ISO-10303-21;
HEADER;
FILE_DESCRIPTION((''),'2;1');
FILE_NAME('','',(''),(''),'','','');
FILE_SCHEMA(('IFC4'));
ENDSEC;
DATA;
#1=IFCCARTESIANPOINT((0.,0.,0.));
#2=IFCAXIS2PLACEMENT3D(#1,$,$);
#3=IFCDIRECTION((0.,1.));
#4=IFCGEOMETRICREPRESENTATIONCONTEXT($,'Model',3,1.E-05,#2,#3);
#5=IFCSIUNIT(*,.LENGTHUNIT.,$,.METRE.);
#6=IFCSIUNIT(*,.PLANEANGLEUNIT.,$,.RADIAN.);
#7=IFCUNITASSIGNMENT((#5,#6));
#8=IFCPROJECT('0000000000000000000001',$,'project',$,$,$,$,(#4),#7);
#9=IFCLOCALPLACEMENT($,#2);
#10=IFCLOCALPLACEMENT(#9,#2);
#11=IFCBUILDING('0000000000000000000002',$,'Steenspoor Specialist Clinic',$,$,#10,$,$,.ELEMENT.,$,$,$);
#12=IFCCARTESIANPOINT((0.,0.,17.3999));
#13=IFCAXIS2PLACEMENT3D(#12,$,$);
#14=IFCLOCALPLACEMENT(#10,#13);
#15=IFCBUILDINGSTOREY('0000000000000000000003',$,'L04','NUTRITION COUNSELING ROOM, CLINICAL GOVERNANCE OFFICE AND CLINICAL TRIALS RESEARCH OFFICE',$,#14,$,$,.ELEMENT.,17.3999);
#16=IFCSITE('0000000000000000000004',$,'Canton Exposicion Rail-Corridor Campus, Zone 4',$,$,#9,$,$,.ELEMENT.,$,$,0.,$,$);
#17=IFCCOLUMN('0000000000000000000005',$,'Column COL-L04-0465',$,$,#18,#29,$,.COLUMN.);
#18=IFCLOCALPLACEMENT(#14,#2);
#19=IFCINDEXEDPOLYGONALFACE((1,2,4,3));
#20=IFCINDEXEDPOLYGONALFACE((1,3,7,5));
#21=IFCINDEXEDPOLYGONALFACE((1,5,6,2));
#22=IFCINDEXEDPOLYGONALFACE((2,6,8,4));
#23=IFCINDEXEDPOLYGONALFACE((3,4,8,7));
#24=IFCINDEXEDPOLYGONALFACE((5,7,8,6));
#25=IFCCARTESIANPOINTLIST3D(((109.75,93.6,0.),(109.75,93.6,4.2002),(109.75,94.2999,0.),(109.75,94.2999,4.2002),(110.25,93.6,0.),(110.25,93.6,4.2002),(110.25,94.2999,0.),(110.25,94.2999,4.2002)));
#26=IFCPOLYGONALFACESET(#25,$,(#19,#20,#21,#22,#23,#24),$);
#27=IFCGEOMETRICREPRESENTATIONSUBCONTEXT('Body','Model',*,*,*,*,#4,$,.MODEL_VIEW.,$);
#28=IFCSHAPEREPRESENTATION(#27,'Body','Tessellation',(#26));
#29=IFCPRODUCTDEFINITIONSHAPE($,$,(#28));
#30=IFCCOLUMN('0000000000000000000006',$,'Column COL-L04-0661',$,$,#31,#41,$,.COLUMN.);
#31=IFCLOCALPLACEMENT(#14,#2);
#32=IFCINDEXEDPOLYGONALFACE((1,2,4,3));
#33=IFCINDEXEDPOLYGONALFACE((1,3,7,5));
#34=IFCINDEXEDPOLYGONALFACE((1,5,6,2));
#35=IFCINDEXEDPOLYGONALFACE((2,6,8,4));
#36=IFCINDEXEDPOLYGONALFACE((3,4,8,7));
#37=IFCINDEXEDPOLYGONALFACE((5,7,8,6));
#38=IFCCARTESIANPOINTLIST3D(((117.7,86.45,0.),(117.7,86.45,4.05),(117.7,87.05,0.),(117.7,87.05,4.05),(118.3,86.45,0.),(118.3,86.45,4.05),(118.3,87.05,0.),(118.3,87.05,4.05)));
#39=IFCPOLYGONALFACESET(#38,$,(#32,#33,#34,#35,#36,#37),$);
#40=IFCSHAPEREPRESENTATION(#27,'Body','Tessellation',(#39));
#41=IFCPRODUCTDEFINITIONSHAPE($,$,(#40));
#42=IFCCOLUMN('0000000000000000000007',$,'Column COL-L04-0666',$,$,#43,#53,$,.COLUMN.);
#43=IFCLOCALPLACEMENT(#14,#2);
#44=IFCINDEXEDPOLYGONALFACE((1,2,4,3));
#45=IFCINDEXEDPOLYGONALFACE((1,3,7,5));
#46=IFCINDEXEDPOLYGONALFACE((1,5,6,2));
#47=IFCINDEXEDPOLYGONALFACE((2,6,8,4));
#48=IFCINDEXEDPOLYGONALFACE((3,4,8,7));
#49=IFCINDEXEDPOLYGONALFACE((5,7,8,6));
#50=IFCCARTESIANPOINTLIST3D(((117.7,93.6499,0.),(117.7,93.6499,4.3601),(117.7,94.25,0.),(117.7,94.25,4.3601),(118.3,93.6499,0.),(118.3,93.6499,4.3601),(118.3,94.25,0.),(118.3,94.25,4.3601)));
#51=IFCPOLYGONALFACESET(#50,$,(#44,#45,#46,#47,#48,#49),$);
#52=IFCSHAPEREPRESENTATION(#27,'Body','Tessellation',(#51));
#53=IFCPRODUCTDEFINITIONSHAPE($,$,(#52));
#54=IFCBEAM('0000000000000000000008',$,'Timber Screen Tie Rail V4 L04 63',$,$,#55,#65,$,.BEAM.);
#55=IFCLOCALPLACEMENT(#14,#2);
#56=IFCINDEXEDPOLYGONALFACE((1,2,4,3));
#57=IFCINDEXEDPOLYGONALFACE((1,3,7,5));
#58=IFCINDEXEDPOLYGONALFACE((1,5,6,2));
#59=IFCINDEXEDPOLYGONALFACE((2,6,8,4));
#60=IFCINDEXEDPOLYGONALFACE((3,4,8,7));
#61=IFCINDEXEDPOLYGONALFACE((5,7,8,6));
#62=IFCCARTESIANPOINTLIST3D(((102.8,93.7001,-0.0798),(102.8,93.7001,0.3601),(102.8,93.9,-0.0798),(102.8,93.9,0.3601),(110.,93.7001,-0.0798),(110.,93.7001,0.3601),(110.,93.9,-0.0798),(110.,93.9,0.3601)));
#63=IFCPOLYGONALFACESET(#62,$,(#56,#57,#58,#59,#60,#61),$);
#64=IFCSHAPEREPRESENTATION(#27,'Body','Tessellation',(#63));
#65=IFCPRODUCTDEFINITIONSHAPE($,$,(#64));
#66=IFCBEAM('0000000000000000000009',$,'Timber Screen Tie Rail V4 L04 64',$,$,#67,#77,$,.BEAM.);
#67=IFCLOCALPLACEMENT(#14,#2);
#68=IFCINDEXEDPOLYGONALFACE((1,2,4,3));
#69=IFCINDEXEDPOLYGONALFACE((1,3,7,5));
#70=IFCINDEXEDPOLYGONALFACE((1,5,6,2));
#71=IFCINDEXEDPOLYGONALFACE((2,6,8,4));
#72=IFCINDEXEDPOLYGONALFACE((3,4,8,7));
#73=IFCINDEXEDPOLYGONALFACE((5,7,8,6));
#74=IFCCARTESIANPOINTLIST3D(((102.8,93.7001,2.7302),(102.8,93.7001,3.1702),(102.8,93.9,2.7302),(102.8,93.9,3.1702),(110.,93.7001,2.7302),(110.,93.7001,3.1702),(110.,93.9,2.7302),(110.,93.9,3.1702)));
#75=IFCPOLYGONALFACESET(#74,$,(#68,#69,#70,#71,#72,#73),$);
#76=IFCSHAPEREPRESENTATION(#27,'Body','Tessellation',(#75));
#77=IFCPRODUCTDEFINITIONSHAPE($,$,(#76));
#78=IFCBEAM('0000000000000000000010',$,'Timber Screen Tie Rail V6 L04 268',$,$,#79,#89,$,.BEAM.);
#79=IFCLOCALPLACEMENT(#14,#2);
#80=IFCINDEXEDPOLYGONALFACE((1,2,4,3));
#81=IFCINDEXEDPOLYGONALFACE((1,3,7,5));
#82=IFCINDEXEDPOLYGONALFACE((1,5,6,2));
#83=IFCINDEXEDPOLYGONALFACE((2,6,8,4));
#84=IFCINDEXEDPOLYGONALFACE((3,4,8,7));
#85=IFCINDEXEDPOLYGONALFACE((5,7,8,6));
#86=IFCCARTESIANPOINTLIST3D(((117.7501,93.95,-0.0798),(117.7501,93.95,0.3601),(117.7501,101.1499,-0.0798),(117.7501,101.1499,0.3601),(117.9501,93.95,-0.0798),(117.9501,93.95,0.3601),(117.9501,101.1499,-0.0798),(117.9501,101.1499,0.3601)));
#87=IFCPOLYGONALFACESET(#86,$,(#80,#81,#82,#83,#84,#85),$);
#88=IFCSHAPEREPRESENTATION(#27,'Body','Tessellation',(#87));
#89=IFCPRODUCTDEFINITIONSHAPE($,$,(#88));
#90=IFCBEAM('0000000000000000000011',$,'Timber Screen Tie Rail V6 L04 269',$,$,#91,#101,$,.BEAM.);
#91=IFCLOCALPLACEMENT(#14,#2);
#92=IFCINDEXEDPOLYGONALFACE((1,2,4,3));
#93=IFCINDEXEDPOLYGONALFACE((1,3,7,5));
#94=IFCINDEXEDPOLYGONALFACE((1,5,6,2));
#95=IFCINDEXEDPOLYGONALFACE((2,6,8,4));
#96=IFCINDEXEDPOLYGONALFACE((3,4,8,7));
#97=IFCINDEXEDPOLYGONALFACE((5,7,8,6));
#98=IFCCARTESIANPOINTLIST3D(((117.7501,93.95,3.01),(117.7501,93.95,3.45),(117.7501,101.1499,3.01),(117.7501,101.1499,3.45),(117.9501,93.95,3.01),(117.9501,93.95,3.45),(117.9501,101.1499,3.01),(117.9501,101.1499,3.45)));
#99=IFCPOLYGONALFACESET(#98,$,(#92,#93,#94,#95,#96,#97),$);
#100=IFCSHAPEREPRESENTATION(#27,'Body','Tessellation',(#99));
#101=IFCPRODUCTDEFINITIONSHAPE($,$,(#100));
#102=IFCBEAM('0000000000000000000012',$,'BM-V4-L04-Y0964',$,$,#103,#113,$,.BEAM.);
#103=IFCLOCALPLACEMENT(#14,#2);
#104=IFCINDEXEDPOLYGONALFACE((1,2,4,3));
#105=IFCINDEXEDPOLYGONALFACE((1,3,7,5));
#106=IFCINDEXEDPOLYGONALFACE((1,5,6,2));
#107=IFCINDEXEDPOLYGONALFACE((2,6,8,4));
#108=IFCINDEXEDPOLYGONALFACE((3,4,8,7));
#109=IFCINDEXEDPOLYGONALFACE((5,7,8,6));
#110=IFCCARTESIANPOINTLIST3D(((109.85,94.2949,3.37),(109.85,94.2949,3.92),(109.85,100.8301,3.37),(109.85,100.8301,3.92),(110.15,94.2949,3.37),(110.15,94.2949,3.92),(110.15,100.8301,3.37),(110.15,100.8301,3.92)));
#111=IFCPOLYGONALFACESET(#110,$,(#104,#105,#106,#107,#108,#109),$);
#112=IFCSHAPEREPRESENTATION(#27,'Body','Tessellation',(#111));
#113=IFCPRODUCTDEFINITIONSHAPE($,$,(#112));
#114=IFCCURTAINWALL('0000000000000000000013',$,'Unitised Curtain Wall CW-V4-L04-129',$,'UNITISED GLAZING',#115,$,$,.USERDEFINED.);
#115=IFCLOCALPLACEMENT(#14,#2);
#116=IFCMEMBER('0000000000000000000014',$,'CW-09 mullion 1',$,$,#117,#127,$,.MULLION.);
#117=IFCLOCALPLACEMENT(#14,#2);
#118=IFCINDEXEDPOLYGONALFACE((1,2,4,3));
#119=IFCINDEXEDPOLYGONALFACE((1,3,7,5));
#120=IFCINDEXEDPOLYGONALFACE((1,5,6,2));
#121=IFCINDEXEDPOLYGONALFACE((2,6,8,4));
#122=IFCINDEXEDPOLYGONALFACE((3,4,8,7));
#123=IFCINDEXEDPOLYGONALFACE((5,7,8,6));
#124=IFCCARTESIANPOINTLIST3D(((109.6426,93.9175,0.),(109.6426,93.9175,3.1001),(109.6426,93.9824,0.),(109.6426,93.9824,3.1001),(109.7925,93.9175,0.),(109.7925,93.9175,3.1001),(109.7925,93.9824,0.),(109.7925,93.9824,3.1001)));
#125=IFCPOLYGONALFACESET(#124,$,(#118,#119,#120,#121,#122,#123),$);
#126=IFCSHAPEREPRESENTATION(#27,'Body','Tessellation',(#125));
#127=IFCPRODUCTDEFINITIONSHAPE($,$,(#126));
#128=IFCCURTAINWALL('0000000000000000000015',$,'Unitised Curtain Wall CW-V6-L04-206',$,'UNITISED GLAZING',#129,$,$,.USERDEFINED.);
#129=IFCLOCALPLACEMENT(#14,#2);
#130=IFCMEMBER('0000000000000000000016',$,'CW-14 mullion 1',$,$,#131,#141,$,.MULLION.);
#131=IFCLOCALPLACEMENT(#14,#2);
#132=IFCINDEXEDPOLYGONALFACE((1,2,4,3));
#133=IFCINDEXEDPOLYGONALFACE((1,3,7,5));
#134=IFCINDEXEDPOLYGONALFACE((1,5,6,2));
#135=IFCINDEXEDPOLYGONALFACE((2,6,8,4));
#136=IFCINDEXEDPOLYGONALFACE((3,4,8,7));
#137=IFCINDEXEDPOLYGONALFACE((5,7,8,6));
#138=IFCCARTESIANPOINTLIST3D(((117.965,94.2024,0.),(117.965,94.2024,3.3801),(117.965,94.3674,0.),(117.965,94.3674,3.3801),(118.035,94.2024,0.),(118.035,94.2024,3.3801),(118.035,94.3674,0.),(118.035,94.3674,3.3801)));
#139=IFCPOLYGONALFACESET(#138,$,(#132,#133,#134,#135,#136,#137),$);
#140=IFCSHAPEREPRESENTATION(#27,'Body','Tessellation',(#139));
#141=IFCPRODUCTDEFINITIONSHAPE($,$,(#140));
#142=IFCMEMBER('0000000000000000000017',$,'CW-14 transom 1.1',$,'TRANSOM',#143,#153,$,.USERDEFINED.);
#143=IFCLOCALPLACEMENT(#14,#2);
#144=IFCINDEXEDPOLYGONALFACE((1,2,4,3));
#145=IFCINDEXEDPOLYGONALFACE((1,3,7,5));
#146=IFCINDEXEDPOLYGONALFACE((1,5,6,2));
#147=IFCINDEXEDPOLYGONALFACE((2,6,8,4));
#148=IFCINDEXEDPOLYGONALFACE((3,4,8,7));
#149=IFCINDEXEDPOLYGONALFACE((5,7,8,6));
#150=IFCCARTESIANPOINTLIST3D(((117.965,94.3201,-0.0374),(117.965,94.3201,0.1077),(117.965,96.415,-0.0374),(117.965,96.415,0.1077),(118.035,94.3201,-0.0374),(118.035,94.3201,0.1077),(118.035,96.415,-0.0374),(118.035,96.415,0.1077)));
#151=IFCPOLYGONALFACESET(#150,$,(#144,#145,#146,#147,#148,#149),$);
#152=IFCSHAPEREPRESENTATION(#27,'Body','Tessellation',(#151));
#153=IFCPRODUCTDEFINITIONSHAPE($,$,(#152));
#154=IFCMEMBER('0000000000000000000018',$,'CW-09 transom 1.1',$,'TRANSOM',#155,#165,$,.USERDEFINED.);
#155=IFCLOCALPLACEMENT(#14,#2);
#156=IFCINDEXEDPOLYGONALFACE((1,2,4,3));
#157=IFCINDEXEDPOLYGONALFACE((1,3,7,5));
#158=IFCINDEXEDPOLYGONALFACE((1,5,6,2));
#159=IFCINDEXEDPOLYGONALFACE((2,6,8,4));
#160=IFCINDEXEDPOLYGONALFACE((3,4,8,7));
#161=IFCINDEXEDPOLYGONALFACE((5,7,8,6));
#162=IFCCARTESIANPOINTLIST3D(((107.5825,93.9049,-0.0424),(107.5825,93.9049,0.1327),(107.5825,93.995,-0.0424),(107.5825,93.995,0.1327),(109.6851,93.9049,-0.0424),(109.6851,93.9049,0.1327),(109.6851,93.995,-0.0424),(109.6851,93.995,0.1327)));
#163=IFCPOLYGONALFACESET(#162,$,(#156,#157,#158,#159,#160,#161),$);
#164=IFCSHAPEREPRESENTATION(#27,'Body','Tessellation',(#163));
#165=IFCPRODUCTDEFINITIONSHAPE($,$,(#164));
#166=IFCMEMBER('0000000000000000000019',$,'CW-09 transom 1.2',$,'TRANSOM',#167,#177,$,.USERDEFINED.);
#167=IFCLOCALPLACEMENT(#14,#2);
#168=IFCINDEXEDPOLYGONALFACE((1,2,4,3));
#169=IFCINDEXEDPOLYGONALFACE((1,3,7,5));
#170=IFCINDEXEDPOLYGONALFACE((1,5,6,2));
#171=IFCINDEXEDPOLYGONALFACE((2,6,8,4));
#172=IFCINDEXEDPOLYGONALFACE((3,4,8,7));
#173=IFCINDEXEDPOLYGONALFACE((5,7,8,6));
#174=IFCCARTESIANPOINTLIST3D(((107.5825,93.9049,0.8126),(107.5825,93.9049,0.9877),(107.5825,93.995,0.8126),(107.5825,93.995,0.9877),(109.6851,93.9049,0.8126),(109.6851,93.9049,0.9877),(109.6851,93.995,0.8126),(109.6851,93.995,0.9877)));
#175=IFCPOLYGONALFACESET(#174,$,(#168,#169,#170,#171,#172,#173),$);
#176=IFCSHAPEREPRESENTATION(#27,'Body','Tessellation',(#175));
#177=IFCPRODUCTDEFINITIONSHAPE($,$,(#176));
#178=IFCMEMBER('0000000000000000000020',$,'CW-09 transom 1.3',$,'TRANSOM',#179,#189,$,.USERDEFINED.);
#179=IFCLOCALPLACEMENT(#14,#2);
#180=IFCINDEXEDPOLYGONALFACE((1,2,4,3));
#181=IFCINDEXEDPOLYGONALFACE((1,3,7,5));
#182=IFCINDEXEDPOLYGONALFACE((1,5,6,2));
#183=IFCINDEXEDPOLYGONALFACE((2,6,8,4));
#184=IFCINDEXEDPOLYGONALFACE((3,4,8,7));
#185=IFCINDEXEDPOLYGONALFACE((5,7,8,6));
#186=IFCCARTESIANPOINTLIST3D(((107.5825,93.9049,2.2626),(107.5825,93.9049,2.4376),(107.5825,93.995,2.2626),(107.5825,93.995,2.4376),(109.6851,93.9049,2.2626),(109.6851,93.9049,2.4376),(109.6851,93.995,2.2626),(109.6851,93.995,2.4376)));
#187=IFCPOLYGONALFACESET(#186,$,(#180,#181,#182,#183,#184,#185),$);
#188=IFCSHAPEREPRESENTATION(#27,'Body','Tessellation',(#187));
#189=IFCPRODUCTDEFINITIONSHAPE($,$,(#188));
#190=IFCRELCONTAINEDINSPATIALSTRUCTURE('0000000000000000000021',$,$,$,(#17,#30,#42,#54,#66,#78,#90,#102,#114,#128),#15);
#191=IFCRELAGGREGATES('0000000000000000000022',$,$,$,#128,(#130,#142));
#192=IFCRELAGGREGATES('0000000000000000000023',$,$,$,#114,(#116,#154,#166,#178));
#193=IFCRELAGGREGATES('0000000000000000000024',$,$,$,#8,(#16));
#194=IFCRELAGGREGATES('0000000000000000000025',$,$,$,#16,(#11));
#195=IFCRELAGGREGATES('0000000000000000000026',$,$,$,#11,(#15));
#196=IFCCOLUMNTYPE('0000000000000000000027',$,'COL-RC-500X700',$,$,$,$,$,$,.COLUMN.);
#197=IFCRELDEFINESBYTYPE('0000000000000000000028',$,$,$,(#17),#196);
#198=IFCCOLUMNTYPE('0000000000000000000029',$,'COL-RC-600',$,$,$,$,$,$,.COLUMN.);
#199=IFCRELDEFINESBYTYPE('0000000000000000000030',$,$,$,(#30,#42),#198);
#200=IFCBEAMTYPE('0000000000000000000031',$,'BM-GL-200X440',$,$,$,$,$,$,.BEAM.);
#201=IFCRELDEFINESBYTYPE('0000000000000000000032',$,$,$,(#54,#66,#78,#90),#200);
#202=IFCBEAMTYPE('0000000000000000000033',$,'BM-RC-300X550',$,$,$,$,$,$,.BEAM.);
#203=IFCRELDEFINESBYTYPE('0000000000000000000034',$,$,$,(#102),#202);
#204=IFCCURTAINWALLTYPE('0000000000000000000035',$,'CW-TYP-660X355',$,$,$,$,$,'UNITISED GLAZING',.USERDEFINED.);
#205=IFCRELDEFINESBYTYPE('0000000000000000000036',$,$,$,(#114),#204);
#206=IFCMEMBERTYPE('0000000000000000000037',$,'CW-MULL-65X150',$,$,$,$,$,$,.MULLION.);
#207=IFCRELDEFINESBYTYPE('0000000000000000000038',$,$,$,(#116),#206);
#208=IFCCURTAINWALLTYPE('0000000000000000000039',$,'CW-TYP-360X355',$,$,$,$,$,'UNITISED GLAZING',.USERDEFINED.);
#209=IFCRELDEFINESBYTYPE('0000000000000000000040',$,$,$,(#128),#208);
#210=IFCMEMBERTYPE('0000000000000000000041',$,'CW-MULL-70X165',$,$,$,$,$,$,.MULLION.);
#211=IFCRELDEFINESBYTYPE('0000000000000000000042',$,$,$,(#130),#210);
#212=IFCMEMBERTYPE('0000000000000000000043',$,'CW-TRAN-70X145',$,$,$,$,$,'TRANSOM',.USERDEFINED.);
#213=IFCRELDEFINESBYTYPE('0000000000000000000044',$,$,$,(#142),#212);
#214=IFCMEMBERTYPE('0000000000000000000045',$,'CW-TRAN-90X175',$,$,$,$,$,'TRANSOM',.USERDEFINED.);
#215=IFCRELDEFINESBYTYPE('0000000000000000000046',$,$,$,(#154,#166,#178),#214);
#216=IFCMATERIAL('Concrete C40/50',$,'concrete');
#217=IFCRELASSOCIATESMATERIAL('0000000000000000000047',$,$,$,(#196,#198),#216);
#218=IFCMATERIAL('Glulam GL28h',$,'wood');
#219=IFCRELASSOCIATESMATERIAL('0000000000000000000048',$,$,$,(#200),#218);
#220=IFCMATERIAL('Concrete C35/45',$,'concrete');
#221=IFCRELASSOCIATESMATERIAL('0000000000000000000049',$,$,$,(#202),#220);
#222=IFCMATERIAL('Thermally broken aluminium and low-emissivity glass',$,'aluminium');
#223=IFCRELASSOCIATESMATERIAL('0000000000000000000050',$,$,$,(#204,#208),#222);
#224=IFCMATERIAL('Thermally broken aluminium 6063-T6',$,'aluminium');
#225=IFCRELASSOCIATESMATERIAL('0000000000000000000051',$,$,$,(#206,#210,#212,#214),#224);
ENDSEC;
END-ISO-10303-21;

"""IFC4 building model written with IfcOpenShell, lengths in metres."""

from ifc_helpers import new_model, si_unit, direction, frame, origin, origin_2d, place, context, subcontext, project, spatial, rectangle, extrude, material, material_profile, profile_set, type_object, element, aggregate, save


model = new_model("IFC4")

# Units and contexts
model_context = context("Model", 3, precision=1e-05, world=origin(), true_north=direction((0.0, 1.0)))
body_context = subcontext(model_context, "Body", "Model", "MODEL_VIEW")
ifc_project = project(units=[si_unit("LENGTHUNIT", "METRE"), si_unit("PLANEANGLEUNIT", "RADIAN")], contexts=[model_context])

# Site, building, storey
site_placement = place(None, origin())
site = spatial("IfcSite", under=ifc_project, at=site_placement, Name="Canton Exposicion Rail-Corridor Campus, Zone 4", CompositionType="ELEMENT", RefElevation=0.0)
building_placement = place(site_placement, origin())
building = spatial("IfcBuilding", under=site, at=building_placement, Name="Steenspoor Specialist Clinic", CompositionType="ELEMENT")
storey_placement = place(building_placement, frame((0.0, 0.0, 17.3999)))
storey = spatial("IfcBuildingStorey", under=building, at=storey_placement, Name="L04", Description="NUTRITION COUNSELING ROOM, CLINICAL GOVERNANCE OFFICE AND CLINICAL TRIALS RESEARCH OFFICE", CompositionType="ELEMENT", Elevation=17.3999)

# Columns
ifc_material_1 = material(Name="Concrete C40/50", Category="concrete")
ifc_material_profile_1 = material_profile(ifc_material_1, rectangle(XDim=0.5, YDim=0.7, at=origin_2d()), Name="RC-COL-500X700")
ifc_profile_set_1 = profile_set([ifc_material_profile_1], Name="Concrete C40/50")
column_type_1 = type_object("IfcColumnType", Name="COL-RC-500X700", PredefinedType="COLUMN", material=ifc_profile_set_1)
column_1_placement = place(storey_placement, frame((110.0, 93.95, 0.0), z_axis=(0.0, 0.0, 1.0), x_axis=(1.0, 0.0, 0.0)))
element("IfcColumn", 1, at=column_1_placement, inside=storey, type_object=column_type_1, Name="Column COL-L04-0465", PredefinedType="COLUMN", context=body_context, shape_type="SweptSolid", body=[
    extrude(rectangle(XDim=0.5, YDim=0.7, at=origin_2d()), origin(), (0.0, 0.0, 1.0), 4.2002),
])
ifc_material_profile_2 = material_profile(ifc_material_1, rectangle(XDim=0.6001, YDim=0.6001, at=origin_2d()), Name="RC-COL-600X600")
ifc_profile_set_2 = profile_set([ifc_material_profile_2], Name="Concrete C40/50")
column_type_2 = type_object("IfcColumnType", Name="COL-RC-600", PredefinedType="COLUMN", material=ifc_profile_set_2)
column_2_placement = place(storey_placement, frame((118.0, 86.75, 0.0), z_axis=(0.0, 0.0, 1.0), x_axis=(1.0, 0.0, 0.0)))
element("IfcColumn", 2, at=column_2_placement, inside=storey, type_object=column_type_2, Name="Column COL-L04-0661", PredefinedType="COLUMN", context=body_context, shape_type="SweptSolid", body=[
    extrude(rectangle(XDim=0.6001, YDim=0.6001, at=origin_2d()), origin(), (0.0, 0.0, 1.0), 4.05),
])
column_3_placement = place(storey_placement, frame((118.0, 93.95, 0.0), z_axis=(0.0, 0.0, 1.0), x_axis=(1.0, 0.0, 0.0)))
element("IfcColumn", 3, at=column_3_placement, inside=storey, type_object=column_type_2, Name="Column COL-L04-0666", PredefinedType="COLUMN", context=body_context, shape_type="SweptSolid", body=[
    extrude(rectangle(XDim=0.6001, YDim=0.6001, at=origin_2d()), origin(), (0.0, 0.0, 1.0), 4.3601),
])

# Beams
ifc_material_2 = material(Name="Glulam GL28h", Category="wood")
ifc_material_profile_3 = material_profile(ifc_material_2, rectangle(XDim=0.2, YDim=0.4399, at=origin_2d()), Name="GL28H-200X440")
ifc_profile_set_3 = profile_set([ifc_material_profile_3], Name="Glulam GL28h")
beam_type_1 = type_object("IfcBeamType", Name="BM-GL-200X440", PredefinedType="BEAM", material=ifc_profile_set_3)
for number, where, z_axis, x_axis, name in (
    (4, (110.0, 93.8, 0.1401), (-1.0, 0.0, 0.0), (0.0, -1.0, 0.0), "Timber Screen Tie Rail V4 L04 63"),
    (5, (110.0, 93.8, 2.9502), (-1.0, 0.0, 0.0), (0.0, -1.0, 0.0), "Timber Screen Tie Rail V4 L04 64"),
    (6, (117.8501, 93.95, 0.1401), (0.0, 1.0, 0.0), (-1.0, 0.0, 0.0), "Timber Screen Tie Rail V6 L04 268"),
    (7, (117.8501, 93.95, 3.23), (0.0, 1.0, 0.0), (-1.0, 0.0, 0.0), "Timber Screen Tie Rail V6 L04 269"),
):
    element("IfcBeam", number, at=place(storey_placement, frame(where, z_axis=z_axis, x_axis=x_axis)), inside=storey, type_object=beam_type_1, Name=name, PredefinedType="BEAM", context=body_context, shape_type="SweptSolid", body=[
        extrude(rectangle(XDim=0.2, YDim=0.4399, at=origin_2d()), origin(), (0.0, 0.0, 1.0), 7.2),
    ])
ifc_material_3 = material(Name="Concrete C35/45", Category="concrete")
ifc_material_profile_4 = material_profile(ifc_material_3, rectangle(XDim=0.3, YDim=0.55, at=origin_2d()), Name="RC-BM-300X550")
ifc_profile_set_4 = profile_set([ifc_material_profile_4], Name="Concrete C35/45")
beam_type_2 = type_object("IfcBeamType", Name="BM-RC-300X550", PredefinedType="BEAM", material=ifc_profile_set_4)
beam_placement = place(storey_placement, frame((110.0, 94.2949, 3.645), z_axis=(0.0, 1.0, 0.0), x_axis=(-1.0, 0.0, 0.0)))
element("IfcBeam", 8, at=beam_placement, inside=storey, type_object=beam_type_2, Name="BM-V4-L04-Y0964", PredefinedType="BEAM", context=body_context, shape_type="SweptSolid", body=[
    extrude(rectangle(XDim=0.3, YDim=0.55, at=origin_2d()), origin(), (0.0, 0.0, 1.0), 6.5352),
])

# Curtain wall, member
ifc_material_4 = material(Name="Thermally broken aluminium and low-emissivity glass", Category="aluminium")
curtain_wall_type_1 = type_object("IfcCurtainWallType", Name="CW-TYP-660X355", ElementType="UNITISED GLAZING", PredefinedType="USERDEFINED", material=ifc_material_4)
curtain_wall_1_placement = place(storey_placement, origin())
curtain_wall_1 = element("IfcCurtainWall", 9, at=curtain_wall_1_placement, inside=storey, type_object=curtain_wall_type_1, Name="Unitised Curtain Wall CW-V4-L04-129", ObjectType="UNITISED GLAZING", PredefinedType="USERDEFINED")
ifc_material_5 = material(Name="Thermally broken aluminium 6063-T6", Category="aluminium")
ifc_material_profile_5 = material_profile(ifc_material_5, rectangle(XDim=0.0649, YDim=0.1499, at=origin_2d()), Name="CWM-65X150")
ifc_profile_set_5 = profile_set([ifc_material_profile_5], Name="Thermally broken aluminium 6063-T6")
member_type_1 = type_object("IfcMemberType", Name="CW-MULL-65X150", PredefinedType="MULLION", material=ifc_profile_set_5)
member_1_placement = place(storey_placement, frame((109.7175, 93.95, 0.0), z_axis=(0.0, 0.0, 1.0), x_axis=(0.0, -1.0, 0.0)))
member_1 = element("IfcMember", 10, at=member_1_placement, type_object=member_type_1, Name="CW-09 mullion 1", PredefinedType="MULLION", context=body_context, shape_type="SweptSolid", body=[
    extrude(rectangle(XDim=0.0649, YDim=0.1499, at=origin_2d()), origin(), (0.0, 0.0, 1.0), 3.1001),
])

# Curtain wall, members
curtain_wall_type_2 = type_object("IfcCurtainWallType", Name="CW-TYP-360X355", ElementType="UNITISED GLAZING", PredefinedType="USERDEFINED", material=ifc_material_4)
curtain_wall_2_placement = place(storey_placement, origin())
curtain_wall_2 = element("IfcCurtainWall", 11, at=curtain_wall_2_placement, inside=storey, type_object=curtain_wall_type_2, Name="Unitised Curtain Wall CW-V6-L04-206", ObjectType="UNITISED GLAZING", PredefinedType="USERDEFINED")
ifc_material_profile_6 = material_profile(ifc_material_5, rectangle(XDim=0.0701, YDim=0.165, at=origin_2d()), Name="CWM-70X165")
ifc_profile_set_6 = profile_set([ifc_material_profile_6], Name="Thermally broken aluminium 6063-T6")
member_type_2 = type_object("IfcMemberType", Name="CW-MULL-70X165", PredefinedType="MULLION", material=ifc_profile_set_6)
member_2_placement = place(storey_placement, frame((118.0, 94.2849, 0.0), z_axis=(0.0, 0.0, 1.0), x_axis=(-1.0, 0.0, 0.0)))
member_2 = element("IfcMember", 12, at=member_2_placement, type_object=member_type_2, Name="CW-14 mullion 1", PredefinedType="MULLION", context=body_context, shape_type="SweptSolid", body=[
    extrude(rectangle(XDim=0.0701, YDim=0.165, at=origin_2d()), origin(), (0.0, 0.0, 1.0), 3.3801),
])
ifc_material_profile_7 = material_profile(ifc_material_5, rectangle(XDim=0.0701, YDim=0.145, at=origin_2d()), Name="CWT-70X145")
ifc_profile_set_7 = profile_set([ifc_material_profile_7], Name="Thermally broken aluminium 6063-T6")
member_type_3 = type_object("IfcMemberType", Name="CW-TRAN-70X145", ElementType="TRANSOM", PredefinedType="USERDEFINED", material=ifc_profile_set_7)
member_3_placement = place(storey_placement, frame((118.0, 94.3201, 0.0352), z_axis=(0.0, 1.0, 0.0), x_axis=(-1.0, 0.0, 0.0)))
member_3 = element("IfcMember", 13, at=member_3_placement, type_object=member_type_3, Name="CW-14 transom 1.1", ObjectType="TRANSOM", PredefinedType="USERDEFINED", context=body_context, shape_type="SweptSolid", body=[
    extrude(rectangle(XDim=0.0701, YDim=0.145, at=origin_2d()), origin(), (0.0, 0.0, 1.0), 2.095),
])
aggregate(curtain_wall_2, [member_2, member_3])

# Members
ifc_material_profile_8 = material_profile(ifc_material_5, rectangle(XDim=0.0901, YDim=0.175, at=origin_2d()), Name="CWT-90X175")
ifc_profile_set_8 = profile_set([ifc_material_profile_8], Name="Thermally broken aluminium 6063-T6")
member_type_4 = type_object("IfcMemberType", Name="CW-TRAN-90X175", ElementType="TRANSOM", PredefinedType="USERDEFINED", material=ifc_profile_set_8)
member_4_placement = place(storey_placement, frame((109.6851, 93.95, 0.0452), z_axis=(-1.0, 0.0, 0.0), x_axis=(0.0, -1.0, 0.0)))
member_4 = element("IfcMember", 14, at=member_4_placement, type_object=member_type_4, Name="CW-09 transom 1.1", ObjectType="TRANSOM", PredefinedType="USERDEFINED", context=body_context, shape_type="SweptSolid", body=[
    extrude(rectangle(XDim=0.0901, YDim=0.175, at=origin_2d()), origin(), (0.0, 0.0, 1.0), 2.1025),
])
member_5_placement = place(storey_placement, frame((109.6851, 93.95, 0.9001), z_axis=(-1.0, 0.0, 0.0), x_axis=(0.0, -1.0, 0.0)))
member_5 = element("IfcMember", 15, at=member_5_placement, type_object=member_type_4, Name="CW-09 transom 1.2", ObjectType="TRANSOM", PredefinedType="USERDEFINED", context=body_context, shape_type="SweptSolid", body=[
    extrude(rectangle(XDim=0.0901, YDim=0.175, at=origin_2d()), origin(), (0.0, 0.0, 1.0), 2.1025),
])
member_6_placement = place(storey_placement, frame((109.6851, 93.95, 2.3501), z_axis=(-1.0, 0.0, 0.0), x_axis=(0.0, -1.0, 0.0)))
member_6 = element("IfcMember", 16, at=member_6_placement, type_object=member_type_4, Name="CW-09 transom 1.3", ObjectType="TRANSOM", PredefinedType="USERDEFINED", context=body_context, shape_type="SweptSolid", body=[
    extrude(rectangle(XDim=0.0901, YDim=0.175, at=origin_2d()), origin(), (0.0, 0.0, 1.0), 2.1025),
])
aggregate(curtain_wall_1, [member_1, member_4, member_5, member_6])

save(model, "model.ifc")
